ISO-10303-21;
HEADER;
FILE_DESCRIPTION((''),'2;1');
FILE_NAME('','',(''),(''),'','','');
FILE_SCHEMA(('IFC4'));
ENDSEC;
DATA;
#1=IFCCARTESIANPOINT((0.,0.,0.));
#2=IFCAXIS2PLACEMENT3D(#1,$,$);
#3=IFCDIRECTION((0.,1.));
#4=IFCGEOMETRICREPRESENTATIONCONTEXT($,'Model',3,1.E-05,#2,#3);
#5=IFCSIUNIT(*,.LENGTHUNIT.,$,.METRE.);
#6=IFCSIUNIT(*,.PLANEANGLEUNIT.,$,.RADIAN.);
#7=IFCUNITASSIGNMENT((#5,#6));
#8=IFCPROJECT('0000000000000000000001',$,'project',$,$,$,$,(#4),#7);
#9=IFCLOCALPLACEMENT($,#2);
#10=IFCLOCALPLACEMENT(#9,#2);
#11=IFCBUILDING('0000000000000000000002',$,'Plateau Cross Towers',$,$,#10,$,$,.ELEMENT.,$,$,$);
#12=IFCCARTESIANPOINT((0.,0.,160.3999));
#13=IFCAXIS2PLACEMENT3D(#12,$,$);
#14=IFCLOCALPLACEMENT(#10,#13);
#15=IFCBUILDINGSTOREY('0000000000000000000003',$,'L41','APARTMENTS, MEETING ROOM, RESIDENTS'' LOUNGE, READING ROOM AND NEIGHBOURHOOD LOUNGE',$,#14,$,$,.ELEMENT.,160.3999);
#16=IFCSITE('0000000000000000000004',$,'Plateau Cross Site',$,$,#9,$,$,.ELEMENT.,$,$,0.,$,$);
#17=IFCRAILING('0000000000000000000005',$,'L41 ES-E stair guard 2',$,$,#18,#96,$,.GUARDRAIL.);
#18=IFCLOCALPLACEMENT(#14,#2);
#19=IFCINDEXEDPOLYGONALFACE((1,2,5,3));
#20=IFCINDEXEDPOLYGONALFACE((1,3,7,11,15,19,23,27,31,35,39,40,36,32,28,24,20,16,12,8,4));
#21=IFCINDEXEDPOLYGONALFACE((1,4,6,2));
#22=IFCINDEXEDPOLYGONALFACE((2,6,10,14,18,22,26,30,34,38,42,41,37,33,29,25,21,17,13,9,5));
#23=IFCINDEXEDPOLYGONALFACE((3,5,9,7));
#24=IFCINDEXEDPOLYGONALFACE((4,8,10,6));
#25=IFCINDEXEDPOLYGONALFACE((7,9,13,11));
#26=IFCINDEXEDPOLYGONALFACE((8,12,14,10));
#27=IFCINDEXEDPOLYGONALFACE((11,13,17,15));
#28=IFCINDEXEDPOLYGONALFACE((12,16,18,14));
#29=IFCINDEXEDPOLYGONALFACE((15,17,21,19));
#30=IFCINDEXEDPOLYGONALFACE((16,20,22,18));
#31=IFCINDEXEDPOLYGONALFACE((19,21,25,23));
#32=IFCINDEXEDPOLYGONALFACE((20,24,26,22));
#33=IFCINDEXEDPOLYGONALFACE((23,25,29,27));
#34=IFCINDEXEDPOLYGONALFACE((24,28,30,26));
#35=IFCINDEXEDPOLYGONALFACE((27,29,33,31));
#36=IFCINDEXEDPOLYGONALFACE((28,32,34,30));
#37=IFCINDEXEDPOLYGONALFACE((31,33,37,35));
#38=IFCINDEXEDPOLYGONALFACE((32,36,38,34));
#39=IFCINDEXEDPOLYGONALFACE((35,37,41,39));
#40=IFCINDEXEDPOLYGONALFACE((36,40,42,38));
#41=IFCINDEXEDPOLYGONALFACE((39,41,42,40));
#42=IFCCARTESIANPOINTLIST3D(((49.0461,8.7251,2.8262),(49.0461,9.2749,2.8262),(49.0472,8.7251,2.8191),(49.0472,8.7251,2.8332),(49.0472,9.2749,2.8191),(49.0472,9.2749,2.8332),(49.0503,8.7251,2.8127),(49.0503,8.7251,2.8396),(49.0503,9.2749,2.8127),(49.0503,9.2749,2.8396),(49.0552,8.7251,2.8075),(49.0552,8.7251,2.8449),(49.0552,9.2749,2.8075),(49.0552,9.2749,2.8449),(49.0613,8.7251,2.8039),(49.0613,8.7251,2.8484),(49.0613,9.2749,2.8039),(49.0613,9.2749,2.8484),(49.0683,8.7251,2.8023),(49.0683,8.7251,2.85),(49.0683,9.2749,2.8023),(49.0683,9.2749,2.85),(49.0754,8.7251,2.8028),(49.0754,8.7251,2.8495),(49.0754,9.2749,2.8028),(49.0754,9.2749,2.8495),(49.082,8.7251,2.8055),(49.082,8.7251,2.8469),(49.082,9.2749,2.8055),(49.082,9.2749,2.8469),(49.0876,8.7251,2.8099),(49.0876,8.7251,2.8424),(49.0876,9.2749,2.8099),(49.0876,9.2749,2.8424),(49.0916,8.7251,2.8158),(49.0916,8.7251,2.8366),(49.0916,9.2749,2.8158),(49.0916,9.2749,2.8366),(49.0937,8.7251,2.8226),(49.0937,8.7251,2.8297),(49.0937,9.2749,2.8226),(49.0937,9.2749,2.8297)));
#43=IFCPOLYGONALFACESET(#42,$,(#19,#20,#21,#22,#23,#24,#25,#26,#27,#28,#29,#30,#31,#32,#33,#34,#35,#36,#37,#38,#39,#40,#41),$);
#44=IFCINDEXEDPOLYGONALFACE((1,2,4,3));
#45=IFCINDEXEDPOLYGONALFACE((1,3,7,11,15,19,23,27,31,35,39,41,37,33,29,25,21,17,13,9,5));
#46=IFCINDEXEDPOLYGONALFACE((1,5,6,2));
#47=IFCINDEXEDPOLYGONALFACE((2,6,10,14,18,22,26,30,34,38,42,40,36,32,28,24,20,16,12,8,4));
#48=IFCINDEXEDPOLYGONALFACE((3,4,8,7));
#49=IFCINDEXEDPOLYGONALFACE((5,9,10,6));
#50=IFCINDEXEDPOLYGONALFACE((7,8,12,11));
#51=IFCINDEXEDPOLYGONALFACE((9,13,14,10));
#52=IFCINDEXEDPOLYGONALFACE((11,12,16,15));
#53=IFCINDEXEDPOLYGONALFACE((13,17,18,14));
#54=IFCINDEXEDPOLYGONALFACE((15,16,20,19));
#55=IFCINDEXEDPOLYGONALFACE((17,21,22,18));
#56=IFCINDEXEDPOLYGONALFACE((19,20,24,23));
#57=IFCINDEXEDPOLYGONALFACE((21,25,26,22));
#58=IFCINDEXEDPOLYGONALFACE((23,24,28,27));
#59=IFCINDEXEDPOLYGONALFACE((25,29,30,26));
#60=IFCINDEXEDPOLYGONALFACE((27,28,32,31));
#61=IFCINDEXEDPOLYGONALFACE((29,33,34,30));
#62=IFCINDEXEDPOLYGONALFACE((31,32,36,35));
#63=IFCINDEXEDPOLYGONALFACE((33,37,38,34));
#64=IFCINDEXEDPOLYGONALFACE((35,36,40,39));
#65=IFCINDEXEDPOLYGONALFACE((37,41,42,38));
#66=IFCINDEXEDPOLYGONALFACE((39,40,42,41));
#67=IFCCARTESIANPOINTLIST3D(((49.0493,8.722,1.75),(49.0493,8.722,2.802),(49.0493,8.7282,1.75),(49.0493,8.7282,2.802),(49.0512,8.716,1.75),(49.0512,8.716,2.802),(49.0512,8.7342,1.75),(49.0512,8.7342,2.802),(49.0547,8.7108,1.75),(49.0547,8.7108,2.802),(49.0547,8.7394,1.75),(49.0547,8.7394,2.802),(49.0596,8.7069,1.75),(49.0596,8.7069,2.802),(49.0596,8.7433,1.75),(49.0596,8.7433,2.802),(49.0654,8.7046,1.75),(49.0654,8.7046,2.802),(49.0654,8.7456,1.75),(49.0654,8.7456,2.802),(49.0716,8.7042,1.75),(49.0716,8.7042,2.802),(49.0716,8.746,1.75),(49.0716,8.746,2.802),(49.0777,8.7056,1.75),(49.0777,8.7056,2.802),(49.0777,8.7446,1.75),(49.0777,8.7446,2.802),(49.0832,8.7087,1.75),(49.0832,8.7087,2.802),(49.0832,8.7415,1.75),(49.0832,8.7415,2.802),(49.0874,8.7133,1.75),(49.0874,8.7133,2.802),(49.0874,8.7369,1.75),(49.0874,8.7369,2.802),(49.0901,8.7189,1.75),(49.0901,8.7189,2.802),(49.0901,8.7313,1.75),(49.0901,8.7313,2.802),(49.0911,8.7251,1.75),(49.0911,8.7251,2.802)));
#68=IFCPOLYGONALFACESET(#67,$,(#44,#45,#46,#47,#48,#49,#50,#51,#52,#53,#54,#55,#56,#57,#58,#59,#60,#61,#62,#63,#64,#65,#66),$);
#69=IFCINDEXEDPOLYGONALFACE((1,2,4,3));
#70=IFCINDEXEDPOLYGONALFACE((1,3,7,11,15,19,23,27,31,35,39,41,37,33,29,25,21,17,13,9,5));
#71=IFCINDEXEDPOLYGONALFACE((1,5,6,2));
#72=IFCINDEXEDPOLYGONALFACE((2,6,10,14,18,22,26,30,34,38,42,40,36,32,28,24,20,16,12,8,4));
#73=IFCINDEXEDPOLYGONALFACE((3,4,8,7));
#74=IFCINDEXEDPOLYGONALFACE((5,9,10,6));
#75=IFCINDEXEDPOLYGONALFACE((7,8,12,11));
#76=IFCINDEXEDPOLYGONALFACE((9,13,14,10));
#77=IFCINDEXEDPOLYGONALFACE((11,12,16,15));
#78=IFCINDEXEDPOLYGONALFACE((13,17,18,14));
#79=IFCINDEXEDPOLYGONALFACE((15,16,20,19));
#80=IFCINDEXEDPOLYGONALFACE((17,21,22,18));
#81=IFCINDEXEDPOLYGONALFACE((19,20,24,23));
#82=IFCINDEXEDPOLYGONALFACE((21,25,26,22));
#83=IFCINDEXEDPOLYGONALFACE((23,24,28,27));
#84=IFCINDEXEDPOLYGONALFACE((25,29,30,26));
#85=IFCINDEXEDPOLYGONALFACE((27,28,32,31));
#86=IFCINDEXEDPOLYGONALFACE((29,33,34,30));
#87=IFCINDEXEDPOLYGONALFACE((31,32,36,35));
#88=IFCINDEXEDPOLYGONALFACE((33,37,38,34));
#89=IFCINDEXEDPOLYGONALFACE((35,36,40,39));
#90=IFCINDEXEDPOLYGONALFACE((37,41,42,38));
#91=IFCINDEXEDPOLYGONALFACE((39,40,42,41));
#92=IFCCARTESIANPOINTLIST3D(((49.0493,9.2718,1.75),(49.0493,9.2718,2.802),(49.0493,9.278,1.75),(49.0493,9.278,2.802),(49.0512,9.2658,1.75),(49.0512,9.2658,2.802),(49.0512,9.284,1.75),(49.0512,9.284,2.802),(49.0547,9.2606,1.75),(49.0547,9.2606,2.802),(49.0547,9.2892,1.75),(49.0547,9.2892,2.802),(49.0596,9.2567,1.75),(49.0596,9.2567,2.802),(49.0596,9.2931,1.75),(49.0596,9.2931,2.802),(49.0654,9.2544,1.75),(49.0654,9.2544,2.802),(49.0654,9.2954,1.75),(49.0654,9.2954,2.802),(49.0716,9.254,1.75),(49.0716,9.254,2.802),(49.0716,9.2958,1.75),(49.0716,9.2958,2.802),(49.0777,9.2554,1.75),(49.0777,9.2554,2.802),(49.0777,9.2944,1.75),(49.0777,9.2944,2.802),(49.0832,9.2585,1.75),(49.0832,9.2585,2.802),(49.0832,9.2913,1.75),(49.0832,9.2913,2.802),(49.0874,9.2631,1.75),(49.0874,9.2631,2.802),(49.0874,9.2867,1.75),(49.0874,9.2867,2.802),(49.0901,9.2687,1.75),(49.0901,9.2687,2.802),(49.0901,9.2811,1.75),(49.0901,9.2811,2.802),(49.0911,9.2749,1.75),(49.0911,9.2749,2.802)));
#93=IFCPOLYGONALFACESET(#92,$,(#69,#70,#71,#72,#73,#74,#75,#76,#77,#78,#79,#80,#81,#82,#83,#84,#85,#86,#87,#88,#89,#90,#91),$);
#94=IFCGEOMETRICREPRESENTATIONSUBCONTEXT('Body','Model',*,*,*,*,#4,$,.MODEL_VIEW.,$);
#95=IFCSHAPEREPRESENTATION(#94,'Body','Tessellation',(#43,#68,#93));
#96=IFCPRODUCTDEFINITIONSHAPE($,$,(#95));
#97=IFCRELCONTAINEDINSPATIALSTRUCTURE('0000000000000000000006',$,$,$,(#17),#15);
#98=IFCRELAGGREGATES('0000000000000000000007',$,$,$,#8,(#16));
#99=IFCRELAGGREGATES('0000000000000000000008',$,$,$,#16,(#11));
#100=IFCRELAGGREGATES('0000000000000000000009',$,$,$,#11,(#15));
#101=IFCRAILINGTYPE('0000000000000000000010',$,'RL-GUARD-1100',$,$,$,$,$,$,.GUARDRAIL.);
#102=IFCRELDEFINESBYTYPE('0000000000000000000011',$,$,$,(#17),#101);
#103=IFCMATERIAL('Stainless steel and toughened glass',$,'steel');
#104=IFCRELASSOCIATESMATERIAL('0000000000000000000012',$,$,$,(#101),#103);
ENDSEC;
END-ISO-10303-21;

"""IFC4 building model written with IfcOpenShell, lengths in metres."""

from ifc_helpers import new_model, si_unit, direction, frame, origin, origin_2d, place, context, subcontext, project, spatial, circle, extrude, material, type_object, element, save


model = new_model("IFC4")

# Units and contexts
model_context = context("Model", 3, precision=1e-05, world=origin(), true_north=direction((0.0, 1.0)))
body_context = subcontext(model_context, "Body", "Model", "MODEL_VIEW")
ifc_project = project(units=[si_unit("LENGTHUNIT", "METRE"), si_unit("PLANEANGLEUNIT", "RADIAN")], contexts=[model_context])

# Site, building, storey
site_placement = place(None, origin())
site = spatial("IfcSite", under=ifc_project, at=site_placement, Name="Plateau Cross Site", CompositionType="ELEMENT", RefElevation=0.0)
building_placement = place(site_placement, origin())
building = spatial("IfcBuilding", under=site, at=building_placement, Name="Plateau Cross Towers", CompositionType="ELEMENT")
storey_placement = place(building_placement, frame((0.0, 0.0, 160.3999)))
storey = spatial("IfcBuildingStorey", under=building, at=storey_placement, Name="L41", Description="APARTMENTS, MEETING ROOM, RESIDENTS' LOUNGE, READING ROOM AND NEIGHBOURHOOD LOUNGE", CompositionType="ELEMENT", Elevation=160.3999)

# Railing
ifc_material_1 = material(Name="Stainless steel and toughened glass", Category="steel")
railing_type_1 = type_object("IfcRailingType", Name="RL-GUARD-1100", PredefinedType="GUARDRAIL", material=ifc_material_1)
railing_1_placement = place(storey_placement, frame((49.0701, 8.7251, 1.75)))
element("IfcRailing", 1, at=railing_1_placement, inside=storey, type_object=railing_type_1, Name="L41 ES-E stair guard 2", PredefinedType="GUARDRAIL", context=body_context, shape_type="SweptSolid", body=[
    extrude(circle(Radius=0.0239, at=origin_2d()), frame((0.0, 0.0, 1.0762), z_axis=(0.0, 1.0, 0.0), x_axis=(-1.0, 0.0, 0.0)), (0.0, 0.0, 1.0), 0.5498),
    extrude(circle(Radius=0.021, at=origin_2d()), origin(), (0.0, 0.0, 1.0), 1.052),
    extrude(circle(Radius=0.021, at=origin_2d()), frame((0.0, 0.5498, 0.0)), (0.0, 0.0, 1.0), 1.052),
])

save(model, "model.ifc")
